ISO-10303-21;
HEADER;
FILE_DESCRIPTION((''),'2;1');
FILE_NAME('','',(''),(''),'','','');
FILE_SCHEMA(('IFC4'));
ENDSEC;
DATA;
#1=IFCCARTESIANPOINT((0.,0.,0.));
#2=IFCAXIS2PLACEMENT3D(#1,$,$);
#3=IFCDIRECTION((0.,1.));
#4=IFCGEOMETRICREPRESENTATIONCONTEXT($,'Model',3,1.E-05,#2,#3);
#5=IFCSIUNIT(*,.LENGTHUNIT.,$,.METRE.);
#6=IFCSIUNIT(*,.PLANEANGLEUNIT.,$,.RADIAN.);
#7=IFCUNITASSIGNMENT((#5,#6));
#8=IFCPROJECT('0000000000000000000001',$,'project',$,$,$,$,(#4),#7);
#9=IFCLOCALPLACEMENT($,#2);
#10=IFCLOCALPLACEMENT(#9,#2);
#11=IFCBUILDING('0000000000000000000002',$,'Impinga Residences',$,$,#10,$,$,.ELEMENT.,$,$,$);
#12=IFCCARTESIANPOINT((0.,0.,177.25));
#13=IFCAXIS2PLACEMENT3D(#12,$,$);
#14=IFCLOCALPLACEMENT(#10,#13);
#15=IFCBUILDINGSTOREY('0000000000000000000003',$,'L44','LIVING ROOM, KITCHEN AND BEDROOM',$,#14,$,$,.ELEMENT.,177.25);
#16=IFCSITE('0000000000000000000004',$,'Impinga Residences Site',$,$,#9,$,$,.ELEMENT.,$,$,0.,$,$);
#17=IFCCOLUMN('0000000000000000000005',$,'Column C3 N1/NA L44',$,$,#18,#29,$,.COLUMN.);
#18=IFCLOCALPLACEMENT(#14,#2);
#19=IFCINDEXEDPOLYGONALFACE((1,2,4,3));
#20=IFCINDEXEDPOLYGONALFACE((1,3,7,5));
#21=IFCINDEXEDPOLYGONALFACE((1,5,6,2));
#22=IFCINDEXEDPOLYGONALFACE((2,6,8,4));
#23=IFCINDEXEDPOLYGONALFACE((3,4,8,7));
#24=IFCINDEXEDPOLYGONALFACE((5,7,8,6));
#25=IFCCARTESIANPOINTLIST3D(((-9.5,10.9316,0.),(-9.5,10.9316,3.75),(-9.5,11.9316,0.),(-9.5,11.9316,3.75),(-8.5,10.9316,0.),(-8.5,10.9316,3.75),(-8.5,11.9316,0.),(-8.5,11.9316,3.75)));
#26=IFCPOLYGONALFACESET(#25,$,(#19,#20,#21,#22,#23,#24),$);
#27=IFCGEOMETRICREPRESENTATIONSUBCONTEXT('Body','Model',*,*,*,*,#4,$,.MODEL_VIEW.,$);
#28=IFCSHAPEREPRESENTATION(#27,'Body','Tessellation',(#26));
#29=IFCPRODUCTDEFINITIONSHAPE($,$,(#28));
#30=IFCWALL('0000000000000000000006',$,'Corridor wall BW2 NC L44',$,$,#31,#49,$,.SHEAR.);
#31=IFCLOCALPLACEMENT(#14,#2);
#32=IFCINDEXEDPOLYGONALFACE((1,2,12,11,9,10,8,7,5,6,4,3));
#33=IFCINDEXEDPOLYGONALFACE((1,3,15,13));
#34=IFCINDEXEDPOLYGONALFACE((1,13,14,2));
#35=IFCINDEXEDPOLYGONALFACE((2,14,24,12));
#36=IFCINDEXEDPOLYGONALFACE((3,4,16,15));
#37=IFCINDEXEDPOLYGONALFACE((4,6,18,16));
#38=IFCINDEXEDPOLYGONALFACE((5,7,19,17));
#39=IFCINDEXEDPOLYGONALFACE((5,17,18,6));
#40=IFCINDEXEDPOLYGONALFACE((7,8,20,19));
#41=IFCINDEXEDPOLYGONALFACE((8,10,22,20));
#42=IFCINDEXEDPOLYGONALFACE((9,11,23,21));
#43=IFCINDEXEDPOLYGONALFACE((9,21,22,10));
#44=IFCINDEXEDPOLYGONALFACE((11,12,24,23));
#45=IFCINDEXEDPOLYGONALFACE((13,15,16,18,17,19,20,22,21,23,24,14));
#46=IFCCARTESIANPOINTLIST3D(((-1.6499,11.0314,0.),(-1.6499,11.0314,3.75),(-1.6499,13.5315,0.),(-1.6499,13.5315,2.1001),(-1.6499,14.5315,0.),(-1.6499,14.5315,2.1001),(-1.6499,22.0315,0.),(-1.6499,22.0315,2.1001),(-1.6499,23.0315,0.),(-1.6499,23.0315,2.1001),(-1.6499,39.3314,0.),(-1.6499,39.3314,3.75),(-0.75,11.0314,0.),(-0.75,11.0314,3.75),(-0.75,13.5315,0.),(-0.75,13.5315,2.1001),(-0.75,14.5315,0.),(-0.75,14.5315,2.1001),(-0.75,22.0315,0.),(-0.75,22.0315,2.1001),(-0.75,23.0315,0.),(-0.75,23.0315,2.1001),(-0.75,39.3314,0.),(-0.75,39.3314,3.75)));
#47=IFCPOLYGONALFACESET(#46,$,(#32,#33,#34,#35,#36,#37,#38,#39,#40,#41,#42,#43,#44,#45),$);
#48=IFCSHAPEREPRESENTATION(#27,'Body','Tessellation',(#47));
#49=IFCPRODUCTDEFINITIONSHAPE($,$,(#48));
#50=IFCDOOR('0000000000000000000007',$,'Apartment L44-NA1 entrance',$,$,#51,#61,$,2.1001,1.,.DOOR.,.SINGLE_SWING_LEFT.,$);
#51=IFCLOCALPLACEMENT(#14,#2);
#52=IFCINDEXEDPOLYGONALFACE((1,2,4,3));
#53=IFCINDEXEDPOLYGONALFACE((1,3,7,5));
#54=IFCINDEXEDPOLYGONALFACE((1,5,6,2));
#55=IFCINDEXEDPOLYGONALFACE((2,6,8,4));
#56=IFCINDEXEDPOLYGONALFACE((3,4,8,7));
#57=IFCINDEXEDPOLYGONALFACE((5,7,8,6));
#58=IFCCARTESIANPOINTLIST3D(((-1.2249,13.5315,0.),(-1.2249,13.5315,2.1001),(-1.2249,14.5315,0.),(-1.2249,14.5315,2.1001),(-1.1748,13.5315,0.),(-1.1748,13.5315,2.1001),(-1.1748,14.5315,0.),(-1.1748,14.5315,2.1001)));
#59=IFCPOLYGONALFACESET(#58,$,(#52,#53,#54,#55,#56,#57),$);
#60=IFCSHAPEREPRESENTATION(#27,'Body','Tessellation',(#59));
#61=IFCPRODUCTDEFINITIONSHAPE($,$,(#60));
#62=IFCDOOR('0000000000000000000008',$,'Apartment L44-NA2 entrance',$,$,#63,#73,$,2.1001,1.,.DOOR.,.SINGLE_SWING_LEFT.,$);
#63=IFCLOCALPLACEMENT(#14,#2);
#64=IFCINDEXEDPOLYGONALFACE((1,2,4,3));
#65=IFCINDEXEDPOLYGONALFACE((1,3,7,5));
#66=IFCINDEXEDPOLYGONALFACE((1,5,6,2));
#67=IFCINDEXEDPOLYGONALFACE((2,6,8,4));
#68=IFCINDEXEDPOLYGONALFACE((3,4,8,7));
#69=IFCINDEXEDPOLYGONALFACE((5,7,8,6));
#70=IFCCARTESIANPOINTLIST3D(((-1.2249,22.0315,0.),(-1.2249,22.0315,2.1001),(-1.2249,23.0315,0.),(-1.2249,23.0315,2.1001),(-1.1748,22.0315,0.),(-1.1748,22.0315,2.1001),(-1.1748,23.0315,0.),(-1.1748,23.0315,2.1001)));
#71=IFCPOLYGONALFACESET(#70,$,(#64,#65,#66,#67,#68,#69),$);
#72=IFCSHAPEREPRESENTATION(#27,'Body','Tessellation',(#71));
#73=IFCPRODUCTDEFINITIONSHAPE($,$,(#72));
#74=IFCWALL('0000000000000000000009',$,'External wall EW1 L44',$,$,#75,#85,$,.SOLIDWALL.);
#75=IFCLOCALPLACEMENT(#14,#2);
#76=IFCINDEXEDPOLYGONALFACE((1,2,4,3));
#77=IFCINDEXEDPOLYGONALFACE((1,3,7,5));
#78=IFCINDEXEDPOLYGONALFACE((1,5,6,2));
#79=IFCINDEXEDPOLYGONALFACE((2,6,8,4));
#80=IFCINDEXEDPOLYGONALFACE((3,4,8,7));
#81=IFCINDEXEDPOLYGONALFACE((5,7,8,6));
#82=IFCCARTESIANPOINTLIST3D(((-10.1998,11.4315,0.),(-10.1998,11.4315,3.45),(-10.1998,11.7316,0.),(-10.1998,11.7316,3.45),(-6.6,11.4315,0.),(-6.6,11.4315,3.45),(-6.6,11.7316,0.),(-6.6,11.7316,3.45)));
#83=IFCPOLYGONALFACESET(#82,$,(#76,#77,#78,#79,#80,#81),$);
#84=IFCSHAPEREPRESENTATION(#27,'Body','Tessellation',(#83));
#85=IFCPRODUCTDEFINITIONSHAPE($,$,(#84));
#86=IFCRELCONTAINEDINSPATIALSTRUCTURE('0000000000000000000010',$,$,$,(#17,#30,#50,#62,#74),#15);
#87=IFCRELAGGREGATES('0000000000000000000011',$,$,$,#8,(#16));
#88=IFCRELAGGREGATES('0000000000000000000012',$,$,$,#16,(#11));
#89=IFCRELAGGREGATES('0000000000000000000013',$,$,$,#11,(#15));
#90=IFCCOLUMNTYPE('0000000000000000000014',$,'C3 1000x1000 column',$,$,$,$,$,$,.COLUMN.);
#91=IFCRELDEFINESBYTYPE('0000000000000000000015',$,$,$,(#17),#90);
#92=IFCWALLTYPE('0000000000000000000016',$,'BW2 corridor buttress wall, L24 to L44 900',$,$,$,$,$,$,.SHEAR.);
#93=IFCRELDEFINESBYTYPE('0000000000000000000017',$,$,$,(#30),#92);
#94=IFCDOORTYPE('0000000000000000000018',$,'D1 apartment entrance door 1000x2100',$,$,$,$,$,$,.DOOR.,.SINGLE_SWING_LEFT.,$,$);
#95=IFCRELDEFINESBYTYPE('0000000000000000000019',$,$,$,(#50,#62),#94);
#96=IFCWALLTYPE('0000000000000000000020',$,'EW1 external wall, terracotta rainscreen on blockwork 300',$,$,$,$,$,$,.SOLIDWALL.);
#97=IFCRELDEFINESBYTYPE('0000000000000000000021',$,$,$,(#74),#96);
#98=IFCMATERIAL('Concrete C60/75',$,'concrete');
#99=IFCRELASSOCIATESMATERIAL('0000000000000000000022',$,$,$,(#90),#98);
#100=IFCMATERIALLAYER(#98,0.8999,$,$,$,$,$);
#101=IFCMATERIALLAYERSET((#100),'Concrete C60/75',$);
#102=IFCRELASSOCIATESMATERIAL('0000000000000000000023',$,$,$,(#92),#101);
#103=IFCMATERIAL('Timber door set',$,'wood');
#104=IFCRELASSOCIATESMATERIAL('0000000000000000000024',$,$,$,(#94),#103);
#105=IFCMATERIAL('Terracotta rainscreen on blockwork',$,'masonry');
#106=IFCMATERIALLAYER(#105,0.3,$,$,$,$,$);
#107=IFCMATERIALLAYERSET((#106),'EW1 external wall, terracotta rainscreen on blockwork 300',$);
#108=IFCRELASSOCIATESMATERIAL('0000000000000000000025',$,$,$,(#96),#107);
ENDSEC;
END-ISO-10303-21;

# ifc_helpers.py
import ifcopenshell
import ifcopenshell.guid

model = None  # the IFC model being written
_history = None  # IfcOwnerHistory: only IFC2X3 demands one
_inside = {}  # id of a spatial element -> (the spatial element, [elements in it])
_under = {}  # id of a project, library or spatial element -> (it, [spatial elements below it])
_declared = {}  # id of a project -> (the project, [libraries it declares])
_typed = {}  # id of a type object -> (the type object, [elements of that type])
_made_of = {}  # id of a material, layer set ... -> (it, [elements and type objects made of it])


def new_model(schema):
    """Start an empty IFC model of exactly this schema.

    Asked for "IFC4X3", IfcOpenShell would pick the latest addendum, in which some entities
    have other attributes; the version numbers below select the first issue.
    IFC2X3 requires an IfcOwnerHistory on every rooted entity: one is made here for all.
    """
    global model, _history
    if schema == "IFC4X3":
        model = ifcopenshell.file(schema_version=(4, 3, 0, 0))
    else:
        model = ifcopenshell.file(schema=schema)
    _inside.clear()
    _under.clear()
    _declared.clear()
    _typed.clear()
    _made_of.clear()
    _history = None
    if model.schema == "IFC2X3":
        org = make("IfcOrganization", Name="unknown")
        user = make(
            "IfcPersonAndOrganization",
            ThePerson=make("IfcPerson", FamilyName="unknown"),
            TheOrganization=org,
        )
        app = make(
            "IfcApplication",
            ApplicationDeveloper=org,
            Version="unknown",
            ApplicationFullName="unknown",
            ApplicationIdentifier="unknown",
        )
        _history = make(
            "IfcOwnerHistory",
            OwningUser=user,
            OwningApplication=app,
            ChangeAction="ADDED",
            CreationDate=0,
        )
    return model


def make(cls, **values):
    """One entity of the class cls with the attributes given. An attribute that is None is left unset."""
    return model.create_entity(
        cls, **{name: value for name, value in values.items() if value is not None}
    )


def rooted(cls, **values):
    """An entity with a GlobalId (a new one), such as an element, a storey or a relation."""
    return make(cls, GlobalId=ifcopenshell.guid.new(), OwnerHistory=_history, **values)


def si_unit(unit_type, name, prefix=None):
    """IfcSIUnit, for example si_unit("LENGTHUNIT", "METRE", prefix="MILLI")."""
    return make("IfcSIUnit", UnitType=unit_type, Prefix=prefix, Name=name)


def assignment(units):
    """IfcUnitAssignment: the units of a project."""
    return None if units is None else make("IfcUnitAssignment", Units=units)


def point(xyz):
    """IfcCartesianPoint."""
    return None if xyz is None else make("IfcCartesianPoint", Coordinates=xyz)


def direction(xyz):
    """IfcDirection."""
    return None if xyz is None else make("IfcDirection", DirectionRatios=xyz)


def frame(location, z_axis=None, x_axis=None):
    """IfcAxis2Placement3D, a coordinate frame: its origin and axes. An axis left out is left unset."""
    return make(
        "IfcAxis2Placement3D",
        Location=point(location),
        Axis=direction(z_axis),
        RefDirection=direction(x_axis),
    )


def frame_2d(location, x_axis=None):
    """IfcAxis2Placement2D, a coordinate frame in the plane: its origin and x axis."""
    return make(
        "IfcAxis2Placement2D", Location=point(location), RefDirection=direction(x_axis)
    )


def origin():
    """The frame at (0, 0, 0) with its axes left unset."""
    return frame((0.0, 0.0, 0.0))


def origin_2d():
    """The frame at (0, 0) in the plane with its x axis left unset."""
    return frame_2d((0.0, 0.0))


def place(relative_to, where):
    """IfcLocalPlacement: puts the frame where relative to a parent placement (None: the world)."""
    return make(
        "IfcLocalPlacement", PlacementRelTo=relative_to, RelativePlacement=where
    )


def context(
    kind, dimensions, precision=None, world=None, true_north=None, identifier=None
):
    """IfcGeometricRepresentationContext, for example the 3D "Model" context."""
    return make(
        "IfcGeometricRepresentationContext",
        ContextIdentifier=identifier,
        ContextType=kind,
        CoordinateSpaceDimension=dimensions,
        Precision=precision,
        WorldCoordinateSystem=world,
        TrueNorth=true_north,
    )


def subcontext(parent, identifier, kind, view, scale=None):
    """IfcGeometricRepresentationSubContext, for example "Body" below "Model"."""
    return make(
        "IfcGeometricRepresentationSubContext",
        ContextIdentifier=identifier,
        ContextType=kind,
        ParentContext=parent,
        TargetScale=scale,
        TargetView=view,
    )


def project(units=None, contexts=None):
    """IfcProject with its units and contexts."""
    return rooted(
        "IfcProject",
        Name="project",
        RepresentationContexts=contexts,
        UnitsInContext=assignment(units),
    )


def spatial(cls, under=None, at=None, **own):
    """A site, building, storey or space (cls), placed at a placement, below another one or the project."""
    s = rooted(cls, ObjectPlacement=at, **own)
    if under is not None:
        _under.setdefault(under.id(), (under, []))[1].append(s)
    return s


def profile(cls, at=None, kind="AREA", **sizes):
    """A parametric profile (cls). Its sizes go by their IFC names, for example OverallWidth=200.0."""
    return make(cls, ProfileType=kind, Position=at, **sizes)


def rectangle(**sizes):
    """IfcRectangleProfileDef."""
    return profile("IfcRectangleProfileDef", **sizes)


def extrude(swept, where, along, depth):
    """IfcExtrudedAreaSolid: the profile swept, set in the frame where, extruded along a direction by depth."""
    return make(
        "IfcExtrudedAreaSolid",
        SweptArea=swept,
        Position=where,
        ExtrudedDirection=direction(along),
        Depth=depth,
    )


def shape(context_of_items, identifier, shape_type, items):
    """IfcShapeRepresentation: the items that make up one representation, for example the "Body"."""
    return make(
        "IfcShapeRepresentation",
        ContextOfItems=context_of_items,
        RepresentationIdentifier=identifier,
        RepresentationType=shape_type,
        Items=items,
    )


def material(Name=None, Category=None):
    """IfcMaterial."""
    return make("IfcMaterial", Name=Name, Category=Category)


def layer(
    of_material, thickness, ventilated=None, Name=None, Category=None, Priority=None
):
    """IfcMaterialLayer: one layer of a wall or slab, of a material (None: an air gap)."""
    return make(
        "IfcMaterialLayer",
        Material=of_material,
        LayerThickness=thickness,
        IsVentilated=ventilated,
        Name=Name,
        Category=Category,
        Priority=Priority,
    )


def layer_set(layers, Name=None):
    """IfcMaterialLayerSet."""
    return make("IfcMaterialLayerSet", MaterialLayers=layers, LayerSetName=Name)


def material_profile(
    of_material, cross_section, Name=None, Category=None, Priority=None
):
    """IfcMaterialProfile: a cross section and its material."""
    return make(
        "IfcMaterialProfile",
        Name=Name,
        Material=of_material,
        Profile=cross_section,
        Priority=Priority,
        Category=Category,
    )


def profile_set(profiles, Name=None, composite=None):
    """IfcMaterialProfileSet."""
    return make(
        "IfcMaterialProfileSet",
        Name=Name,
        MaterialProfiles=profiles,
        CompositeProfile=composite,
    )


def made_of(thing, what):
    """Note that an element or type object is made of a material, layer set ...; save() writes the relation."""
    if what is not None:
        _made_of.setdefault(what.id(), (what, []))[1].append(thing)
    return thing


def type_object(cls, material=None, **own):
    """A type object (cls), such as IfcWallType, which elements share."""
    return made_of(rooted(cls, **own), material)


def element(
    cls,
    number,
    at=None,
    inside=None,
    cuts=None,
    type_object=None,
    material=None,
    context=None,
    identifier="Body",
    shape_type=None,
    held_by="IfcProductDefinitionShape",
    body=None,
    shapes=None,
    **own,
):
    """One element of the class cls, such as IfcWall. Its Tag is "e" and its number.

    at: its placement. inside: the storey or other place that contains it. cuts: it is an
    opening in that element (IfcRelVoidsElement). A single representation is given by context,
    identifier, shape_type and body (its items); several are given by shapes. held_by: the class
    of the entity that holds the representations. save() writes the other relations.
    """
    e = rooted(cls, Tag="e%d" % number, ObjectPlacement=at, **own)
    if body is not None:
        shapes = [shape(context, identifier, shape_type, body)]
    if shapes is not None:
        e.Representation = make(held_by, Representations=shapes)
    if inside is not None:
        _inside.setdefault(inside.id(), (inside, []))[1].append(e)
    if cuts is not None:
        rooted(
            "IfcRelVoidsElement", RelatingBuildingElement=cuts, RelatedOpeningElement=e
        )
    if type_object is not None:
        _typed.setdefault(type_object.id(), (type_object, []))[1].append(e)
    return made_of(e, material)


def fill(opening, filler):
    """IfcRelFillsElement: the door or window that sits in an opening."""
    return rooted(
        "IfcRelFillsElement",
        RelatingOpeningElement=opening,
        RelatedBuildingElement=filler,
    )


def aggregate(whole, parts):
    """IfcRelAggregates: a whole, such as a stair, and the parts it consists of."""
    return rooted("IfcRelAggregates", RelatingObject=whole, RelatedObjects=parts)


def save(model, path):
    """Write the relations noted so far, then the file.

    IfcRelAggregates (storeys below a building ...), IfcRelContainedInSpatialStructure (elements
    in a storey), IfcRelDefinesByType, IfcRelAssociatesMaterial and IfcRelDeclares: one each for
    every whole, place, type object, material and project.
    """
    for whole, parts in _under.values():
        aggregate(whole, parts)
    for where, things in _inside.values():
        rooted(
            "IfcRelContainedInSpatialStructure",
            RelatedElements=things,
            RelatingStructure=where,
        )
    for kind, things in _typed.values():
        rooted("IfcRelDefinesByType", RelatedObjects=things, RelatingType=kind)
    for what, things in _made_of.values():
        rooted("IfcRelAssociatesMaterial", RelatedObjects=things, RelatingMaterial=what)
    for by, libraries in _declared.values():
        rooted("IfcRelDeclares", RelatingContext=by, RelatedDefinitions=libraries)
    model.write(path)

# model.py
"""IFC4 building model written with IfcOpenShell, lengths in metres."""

from ifc_helpers import new_model, si_unit, direction, frame, frame_2d, origin, origin_2d, place, context, subcontext, project, spatial, rectangle, extrude, material, layer, layer_set, material_profile, profile_set, type_object, element, fill, save


model = new_model("IFC4")

# Units and contexts
model_context = context("Model", 3, precision=1e-05, world=origin(), true_north=direction((0.0, 1.0)))
body_context = subcontext(model_context, "Body", "Model", "MODEL_VIEW")
ifc_project = project(units=[si_unit("LENGTHUNIT", "METRE"), si_unit("PLANEANGLEUNIT", "RADIAN")], contexts=[model_context])

# Site, building, storey
site_placement = place(None, origin())
site = spatial("IfcSite", under=ifc_project, at=site_placement, Name="Impinga Residences Site", CompositionType="ELEMENT", RefElevation=0.0)
building_placement = place(site_placement, origin())
building = spatial("IfcBuilding", under=site, at=building_placement, Name="Impinga Residences", CompositionType="ELEMENT")
storey_placement = place(building_placement, frame((0.0, 0.0, 177.25)))
storey = spatial("IfcBuildingStorey", under=building, at=storey_placement, Name="L44", Description="LIVING ROOM, KITCHEN AND BEDROOM", CompositionType="ELEMENT", Elevation=177.25)

# Column
ifc_material_1 = material(Name="Concrete C60/75", Category="concrete")
ifc_material_profile = material_profile(ifc_material_1, rectangle(XDim=1.0, YDim=1.0, at=origin_2d()), Name="RC 1000x1000")
ifc_profile_set = profile_set([ifc_material_profile], Name="Concrete C60/75")
column_type = type_object("IfcColumnType", Name="C3 1000x1000 column", PredefinedType="COLUMN", material=ifc_profile_set)
column_placement = place(storey_placement, frame((-9.0, 11.4316, 0.0), z_axis=(0.0, 0.0, 1.0), x_axis=(1.0, 0.0, 0.0)))
element("IfcColumn", 1, at=column_placement, inside=storey, type_object=column_type, Name="Column C3 N1/NA L44", PredefinedType="COLUMN", context=body_context, shape_type="SweptSolid", body=[
    extrude(rectangle(XDim=1.0, YDim=1.0, at=origin_2d()), origin(), (0.0, 0.0, 1.0), 3.75),
])

# Wall, openings, doors
ifc_layer_1 = layer(ifc_material_1, 0.8999)
ifc_layer_set_1 = layer_set([ifc_layer_1], Name="Concrete C60/75")
wall_type_1 = type_object("IfcWallType", Name="BW2 corridor buttress wall, L24 to L44 900", PredefinedType="SHEAR", material=ifc_layer_set_1)
wall_1_placement = place(storey_placement, frame((-1.2, 11.0315, 0.0), z_axis=(0.0, 0.0, 1.0), x_axis=(0.0, 1.0, 0.0)))
wall_1 = element("IfcWall", 2, at=wall_1_placement, inside=storey, type_object=wall_type_1, Name="Corridor wall BW2 NC L44", PredefinedType="SHEAR", context=body_context, shape_type="SweptSolid", body=[
    extrude(rectangle(XDim=28.3, YDim=0.8999, at=frame_2d((14.1499, 0.0))), origin(), (0.0, 0.0, 1.0), 3.75),
])
opening_1_placement = place(wall_1_placement, frame((2.5, 0.0, 0.0)))
opening_1 = element("IfcOpeningElement", 3, at=opening_1_placement, cuts=wall_1, PredefinedType="OPENING", context=body_context, shape_type="SweptSolid", body=[
    extrude(rectangle(XDim=1.0, YDim=2.1001, at=frame_2d((0.5, 1.05))), frame((0.0, 0.46, 0.0), z_axis=(0.0, -1.0, 0.0), x_axis=(1.0, 0.0, 0.0)), (0.0, 0.0, 1.0), 0.9199),
])
opening_2_placement = place(wall_1_placement, frame((11.0, 0.0, 0.0)))
opening_2 = element("IfcOpeningElement", 4, at=opening_2_placement, cuts=wall_1, PredefinedType="OPENING", context=body_context, shape_type="SweptSolid", body=[
    extrude(rectangle(XDim=1.0, YDim=2.1001, at=frame_2d((0.5, 1.05))), frame((0.0, 0.46, 0.0), z_axis=(0.0, -1.0, 0.0), x_axis=(1.0, 0.0, 0.0)), (0.0, 0.0, 1.0), 0.9199),
])
ifc_material_2 = material(Name="Timber door set", Category="wood")
door_type_1 = type_object("IfcDoorType", Name="D1 apartment entrance door 1000x2100", OperationType="SINGLE_SWING_LEFT", PredefinedType="DOOR", material=ifc_material_2)
door_1_placement = place(opening_1_placement, origin())
door_1 = element("IfcDoor", 5, at=door_1_placement, inside=storey, type_object=door_type_1, Name="Apartment L44-NA1 entrance", OperationType="SINGLE_SWING_LEFT", OverallHeight=2.1001, OverallWidth=1.0, PredefinedType="DOOR", context=body_context, shape_type="SweptSolid", body=[
    extrude(rectangle(XDim=1.0, YDim=2.1001, at=frame_2d((0.5, 1.05))), frame((0.0, 0.0249, 0.0), z_axis=(0.0, -1.0, 0.0), x_axis=(1.0, 0.0, 0.0)), (0.0, 0.0, 1.0), 0.05),
])
fill(opening_1, door_1)
door_2_placement = place(opening_2_placement, origin())
door_2 = element("IfcDoor", 6, at=door_2_placement, inside=storey, type_object=door_type_1, Name="Apartment L44-NA2 entrance", OperationType="SINGLE_SWING_LEFT", OverallHeight=2.1001, OverallWidth=1.0, PredefinedType="DOOR", context=body_context, shape_type="SweptSolid", body=[
    extrude(rectangle(XDim=1.0, YDim=2.1001, at=frame_2d((0.5, 1.05))), frame((0.0, 0.0249, 0.0), z_axis=(0.0, -1.0, 0.0), x_axis=(1.0, 0.0, 0.0)), (0.0, 0.0, 1.0), 0.05),
])
fill(opening_2, door_2)

# Wall
ifc_material_3 = material(Name="Terracotta rainscreen on blockwork", Category="masonry")
ifc_layer_2 = layer(ifc_material_3, 0.3)
ifc_layer_set_2 = layer_set([ifc_layer_2], Name="EW1 external wall, terracotta rainscreen on blockwork 300")
wall_type_2 = type_object("IfcWallType", Name="EW1 external wall, terracotta rainscreen on blockwork 300", PredefinedType="SOLIDWALL", material=ifc_layer_set_2)
wall_2_placement = place(storey_placement, frame((-6.6001, 11.5815, 0.0), z_axis=(0.0, 0.0, 1.0), x_axis=(-1.0, 0.0, 0.0)))
element("IfcWall", 7, at=wall_2_placement, inside=storey, type_object=wall_type_2, Name="External wall EW1 L44", PredefinedType="SOLIDWALL", context=body_context, shape_type="SweptSolid", body=[
    extrude(rectangle(XDim=3.5999, YDim=0.3, at=frame_2d((1.7998, 0.0))), origin(), (0.0, 0.0, 1.0), 3.45),
])

save(model, "model.ifc")
